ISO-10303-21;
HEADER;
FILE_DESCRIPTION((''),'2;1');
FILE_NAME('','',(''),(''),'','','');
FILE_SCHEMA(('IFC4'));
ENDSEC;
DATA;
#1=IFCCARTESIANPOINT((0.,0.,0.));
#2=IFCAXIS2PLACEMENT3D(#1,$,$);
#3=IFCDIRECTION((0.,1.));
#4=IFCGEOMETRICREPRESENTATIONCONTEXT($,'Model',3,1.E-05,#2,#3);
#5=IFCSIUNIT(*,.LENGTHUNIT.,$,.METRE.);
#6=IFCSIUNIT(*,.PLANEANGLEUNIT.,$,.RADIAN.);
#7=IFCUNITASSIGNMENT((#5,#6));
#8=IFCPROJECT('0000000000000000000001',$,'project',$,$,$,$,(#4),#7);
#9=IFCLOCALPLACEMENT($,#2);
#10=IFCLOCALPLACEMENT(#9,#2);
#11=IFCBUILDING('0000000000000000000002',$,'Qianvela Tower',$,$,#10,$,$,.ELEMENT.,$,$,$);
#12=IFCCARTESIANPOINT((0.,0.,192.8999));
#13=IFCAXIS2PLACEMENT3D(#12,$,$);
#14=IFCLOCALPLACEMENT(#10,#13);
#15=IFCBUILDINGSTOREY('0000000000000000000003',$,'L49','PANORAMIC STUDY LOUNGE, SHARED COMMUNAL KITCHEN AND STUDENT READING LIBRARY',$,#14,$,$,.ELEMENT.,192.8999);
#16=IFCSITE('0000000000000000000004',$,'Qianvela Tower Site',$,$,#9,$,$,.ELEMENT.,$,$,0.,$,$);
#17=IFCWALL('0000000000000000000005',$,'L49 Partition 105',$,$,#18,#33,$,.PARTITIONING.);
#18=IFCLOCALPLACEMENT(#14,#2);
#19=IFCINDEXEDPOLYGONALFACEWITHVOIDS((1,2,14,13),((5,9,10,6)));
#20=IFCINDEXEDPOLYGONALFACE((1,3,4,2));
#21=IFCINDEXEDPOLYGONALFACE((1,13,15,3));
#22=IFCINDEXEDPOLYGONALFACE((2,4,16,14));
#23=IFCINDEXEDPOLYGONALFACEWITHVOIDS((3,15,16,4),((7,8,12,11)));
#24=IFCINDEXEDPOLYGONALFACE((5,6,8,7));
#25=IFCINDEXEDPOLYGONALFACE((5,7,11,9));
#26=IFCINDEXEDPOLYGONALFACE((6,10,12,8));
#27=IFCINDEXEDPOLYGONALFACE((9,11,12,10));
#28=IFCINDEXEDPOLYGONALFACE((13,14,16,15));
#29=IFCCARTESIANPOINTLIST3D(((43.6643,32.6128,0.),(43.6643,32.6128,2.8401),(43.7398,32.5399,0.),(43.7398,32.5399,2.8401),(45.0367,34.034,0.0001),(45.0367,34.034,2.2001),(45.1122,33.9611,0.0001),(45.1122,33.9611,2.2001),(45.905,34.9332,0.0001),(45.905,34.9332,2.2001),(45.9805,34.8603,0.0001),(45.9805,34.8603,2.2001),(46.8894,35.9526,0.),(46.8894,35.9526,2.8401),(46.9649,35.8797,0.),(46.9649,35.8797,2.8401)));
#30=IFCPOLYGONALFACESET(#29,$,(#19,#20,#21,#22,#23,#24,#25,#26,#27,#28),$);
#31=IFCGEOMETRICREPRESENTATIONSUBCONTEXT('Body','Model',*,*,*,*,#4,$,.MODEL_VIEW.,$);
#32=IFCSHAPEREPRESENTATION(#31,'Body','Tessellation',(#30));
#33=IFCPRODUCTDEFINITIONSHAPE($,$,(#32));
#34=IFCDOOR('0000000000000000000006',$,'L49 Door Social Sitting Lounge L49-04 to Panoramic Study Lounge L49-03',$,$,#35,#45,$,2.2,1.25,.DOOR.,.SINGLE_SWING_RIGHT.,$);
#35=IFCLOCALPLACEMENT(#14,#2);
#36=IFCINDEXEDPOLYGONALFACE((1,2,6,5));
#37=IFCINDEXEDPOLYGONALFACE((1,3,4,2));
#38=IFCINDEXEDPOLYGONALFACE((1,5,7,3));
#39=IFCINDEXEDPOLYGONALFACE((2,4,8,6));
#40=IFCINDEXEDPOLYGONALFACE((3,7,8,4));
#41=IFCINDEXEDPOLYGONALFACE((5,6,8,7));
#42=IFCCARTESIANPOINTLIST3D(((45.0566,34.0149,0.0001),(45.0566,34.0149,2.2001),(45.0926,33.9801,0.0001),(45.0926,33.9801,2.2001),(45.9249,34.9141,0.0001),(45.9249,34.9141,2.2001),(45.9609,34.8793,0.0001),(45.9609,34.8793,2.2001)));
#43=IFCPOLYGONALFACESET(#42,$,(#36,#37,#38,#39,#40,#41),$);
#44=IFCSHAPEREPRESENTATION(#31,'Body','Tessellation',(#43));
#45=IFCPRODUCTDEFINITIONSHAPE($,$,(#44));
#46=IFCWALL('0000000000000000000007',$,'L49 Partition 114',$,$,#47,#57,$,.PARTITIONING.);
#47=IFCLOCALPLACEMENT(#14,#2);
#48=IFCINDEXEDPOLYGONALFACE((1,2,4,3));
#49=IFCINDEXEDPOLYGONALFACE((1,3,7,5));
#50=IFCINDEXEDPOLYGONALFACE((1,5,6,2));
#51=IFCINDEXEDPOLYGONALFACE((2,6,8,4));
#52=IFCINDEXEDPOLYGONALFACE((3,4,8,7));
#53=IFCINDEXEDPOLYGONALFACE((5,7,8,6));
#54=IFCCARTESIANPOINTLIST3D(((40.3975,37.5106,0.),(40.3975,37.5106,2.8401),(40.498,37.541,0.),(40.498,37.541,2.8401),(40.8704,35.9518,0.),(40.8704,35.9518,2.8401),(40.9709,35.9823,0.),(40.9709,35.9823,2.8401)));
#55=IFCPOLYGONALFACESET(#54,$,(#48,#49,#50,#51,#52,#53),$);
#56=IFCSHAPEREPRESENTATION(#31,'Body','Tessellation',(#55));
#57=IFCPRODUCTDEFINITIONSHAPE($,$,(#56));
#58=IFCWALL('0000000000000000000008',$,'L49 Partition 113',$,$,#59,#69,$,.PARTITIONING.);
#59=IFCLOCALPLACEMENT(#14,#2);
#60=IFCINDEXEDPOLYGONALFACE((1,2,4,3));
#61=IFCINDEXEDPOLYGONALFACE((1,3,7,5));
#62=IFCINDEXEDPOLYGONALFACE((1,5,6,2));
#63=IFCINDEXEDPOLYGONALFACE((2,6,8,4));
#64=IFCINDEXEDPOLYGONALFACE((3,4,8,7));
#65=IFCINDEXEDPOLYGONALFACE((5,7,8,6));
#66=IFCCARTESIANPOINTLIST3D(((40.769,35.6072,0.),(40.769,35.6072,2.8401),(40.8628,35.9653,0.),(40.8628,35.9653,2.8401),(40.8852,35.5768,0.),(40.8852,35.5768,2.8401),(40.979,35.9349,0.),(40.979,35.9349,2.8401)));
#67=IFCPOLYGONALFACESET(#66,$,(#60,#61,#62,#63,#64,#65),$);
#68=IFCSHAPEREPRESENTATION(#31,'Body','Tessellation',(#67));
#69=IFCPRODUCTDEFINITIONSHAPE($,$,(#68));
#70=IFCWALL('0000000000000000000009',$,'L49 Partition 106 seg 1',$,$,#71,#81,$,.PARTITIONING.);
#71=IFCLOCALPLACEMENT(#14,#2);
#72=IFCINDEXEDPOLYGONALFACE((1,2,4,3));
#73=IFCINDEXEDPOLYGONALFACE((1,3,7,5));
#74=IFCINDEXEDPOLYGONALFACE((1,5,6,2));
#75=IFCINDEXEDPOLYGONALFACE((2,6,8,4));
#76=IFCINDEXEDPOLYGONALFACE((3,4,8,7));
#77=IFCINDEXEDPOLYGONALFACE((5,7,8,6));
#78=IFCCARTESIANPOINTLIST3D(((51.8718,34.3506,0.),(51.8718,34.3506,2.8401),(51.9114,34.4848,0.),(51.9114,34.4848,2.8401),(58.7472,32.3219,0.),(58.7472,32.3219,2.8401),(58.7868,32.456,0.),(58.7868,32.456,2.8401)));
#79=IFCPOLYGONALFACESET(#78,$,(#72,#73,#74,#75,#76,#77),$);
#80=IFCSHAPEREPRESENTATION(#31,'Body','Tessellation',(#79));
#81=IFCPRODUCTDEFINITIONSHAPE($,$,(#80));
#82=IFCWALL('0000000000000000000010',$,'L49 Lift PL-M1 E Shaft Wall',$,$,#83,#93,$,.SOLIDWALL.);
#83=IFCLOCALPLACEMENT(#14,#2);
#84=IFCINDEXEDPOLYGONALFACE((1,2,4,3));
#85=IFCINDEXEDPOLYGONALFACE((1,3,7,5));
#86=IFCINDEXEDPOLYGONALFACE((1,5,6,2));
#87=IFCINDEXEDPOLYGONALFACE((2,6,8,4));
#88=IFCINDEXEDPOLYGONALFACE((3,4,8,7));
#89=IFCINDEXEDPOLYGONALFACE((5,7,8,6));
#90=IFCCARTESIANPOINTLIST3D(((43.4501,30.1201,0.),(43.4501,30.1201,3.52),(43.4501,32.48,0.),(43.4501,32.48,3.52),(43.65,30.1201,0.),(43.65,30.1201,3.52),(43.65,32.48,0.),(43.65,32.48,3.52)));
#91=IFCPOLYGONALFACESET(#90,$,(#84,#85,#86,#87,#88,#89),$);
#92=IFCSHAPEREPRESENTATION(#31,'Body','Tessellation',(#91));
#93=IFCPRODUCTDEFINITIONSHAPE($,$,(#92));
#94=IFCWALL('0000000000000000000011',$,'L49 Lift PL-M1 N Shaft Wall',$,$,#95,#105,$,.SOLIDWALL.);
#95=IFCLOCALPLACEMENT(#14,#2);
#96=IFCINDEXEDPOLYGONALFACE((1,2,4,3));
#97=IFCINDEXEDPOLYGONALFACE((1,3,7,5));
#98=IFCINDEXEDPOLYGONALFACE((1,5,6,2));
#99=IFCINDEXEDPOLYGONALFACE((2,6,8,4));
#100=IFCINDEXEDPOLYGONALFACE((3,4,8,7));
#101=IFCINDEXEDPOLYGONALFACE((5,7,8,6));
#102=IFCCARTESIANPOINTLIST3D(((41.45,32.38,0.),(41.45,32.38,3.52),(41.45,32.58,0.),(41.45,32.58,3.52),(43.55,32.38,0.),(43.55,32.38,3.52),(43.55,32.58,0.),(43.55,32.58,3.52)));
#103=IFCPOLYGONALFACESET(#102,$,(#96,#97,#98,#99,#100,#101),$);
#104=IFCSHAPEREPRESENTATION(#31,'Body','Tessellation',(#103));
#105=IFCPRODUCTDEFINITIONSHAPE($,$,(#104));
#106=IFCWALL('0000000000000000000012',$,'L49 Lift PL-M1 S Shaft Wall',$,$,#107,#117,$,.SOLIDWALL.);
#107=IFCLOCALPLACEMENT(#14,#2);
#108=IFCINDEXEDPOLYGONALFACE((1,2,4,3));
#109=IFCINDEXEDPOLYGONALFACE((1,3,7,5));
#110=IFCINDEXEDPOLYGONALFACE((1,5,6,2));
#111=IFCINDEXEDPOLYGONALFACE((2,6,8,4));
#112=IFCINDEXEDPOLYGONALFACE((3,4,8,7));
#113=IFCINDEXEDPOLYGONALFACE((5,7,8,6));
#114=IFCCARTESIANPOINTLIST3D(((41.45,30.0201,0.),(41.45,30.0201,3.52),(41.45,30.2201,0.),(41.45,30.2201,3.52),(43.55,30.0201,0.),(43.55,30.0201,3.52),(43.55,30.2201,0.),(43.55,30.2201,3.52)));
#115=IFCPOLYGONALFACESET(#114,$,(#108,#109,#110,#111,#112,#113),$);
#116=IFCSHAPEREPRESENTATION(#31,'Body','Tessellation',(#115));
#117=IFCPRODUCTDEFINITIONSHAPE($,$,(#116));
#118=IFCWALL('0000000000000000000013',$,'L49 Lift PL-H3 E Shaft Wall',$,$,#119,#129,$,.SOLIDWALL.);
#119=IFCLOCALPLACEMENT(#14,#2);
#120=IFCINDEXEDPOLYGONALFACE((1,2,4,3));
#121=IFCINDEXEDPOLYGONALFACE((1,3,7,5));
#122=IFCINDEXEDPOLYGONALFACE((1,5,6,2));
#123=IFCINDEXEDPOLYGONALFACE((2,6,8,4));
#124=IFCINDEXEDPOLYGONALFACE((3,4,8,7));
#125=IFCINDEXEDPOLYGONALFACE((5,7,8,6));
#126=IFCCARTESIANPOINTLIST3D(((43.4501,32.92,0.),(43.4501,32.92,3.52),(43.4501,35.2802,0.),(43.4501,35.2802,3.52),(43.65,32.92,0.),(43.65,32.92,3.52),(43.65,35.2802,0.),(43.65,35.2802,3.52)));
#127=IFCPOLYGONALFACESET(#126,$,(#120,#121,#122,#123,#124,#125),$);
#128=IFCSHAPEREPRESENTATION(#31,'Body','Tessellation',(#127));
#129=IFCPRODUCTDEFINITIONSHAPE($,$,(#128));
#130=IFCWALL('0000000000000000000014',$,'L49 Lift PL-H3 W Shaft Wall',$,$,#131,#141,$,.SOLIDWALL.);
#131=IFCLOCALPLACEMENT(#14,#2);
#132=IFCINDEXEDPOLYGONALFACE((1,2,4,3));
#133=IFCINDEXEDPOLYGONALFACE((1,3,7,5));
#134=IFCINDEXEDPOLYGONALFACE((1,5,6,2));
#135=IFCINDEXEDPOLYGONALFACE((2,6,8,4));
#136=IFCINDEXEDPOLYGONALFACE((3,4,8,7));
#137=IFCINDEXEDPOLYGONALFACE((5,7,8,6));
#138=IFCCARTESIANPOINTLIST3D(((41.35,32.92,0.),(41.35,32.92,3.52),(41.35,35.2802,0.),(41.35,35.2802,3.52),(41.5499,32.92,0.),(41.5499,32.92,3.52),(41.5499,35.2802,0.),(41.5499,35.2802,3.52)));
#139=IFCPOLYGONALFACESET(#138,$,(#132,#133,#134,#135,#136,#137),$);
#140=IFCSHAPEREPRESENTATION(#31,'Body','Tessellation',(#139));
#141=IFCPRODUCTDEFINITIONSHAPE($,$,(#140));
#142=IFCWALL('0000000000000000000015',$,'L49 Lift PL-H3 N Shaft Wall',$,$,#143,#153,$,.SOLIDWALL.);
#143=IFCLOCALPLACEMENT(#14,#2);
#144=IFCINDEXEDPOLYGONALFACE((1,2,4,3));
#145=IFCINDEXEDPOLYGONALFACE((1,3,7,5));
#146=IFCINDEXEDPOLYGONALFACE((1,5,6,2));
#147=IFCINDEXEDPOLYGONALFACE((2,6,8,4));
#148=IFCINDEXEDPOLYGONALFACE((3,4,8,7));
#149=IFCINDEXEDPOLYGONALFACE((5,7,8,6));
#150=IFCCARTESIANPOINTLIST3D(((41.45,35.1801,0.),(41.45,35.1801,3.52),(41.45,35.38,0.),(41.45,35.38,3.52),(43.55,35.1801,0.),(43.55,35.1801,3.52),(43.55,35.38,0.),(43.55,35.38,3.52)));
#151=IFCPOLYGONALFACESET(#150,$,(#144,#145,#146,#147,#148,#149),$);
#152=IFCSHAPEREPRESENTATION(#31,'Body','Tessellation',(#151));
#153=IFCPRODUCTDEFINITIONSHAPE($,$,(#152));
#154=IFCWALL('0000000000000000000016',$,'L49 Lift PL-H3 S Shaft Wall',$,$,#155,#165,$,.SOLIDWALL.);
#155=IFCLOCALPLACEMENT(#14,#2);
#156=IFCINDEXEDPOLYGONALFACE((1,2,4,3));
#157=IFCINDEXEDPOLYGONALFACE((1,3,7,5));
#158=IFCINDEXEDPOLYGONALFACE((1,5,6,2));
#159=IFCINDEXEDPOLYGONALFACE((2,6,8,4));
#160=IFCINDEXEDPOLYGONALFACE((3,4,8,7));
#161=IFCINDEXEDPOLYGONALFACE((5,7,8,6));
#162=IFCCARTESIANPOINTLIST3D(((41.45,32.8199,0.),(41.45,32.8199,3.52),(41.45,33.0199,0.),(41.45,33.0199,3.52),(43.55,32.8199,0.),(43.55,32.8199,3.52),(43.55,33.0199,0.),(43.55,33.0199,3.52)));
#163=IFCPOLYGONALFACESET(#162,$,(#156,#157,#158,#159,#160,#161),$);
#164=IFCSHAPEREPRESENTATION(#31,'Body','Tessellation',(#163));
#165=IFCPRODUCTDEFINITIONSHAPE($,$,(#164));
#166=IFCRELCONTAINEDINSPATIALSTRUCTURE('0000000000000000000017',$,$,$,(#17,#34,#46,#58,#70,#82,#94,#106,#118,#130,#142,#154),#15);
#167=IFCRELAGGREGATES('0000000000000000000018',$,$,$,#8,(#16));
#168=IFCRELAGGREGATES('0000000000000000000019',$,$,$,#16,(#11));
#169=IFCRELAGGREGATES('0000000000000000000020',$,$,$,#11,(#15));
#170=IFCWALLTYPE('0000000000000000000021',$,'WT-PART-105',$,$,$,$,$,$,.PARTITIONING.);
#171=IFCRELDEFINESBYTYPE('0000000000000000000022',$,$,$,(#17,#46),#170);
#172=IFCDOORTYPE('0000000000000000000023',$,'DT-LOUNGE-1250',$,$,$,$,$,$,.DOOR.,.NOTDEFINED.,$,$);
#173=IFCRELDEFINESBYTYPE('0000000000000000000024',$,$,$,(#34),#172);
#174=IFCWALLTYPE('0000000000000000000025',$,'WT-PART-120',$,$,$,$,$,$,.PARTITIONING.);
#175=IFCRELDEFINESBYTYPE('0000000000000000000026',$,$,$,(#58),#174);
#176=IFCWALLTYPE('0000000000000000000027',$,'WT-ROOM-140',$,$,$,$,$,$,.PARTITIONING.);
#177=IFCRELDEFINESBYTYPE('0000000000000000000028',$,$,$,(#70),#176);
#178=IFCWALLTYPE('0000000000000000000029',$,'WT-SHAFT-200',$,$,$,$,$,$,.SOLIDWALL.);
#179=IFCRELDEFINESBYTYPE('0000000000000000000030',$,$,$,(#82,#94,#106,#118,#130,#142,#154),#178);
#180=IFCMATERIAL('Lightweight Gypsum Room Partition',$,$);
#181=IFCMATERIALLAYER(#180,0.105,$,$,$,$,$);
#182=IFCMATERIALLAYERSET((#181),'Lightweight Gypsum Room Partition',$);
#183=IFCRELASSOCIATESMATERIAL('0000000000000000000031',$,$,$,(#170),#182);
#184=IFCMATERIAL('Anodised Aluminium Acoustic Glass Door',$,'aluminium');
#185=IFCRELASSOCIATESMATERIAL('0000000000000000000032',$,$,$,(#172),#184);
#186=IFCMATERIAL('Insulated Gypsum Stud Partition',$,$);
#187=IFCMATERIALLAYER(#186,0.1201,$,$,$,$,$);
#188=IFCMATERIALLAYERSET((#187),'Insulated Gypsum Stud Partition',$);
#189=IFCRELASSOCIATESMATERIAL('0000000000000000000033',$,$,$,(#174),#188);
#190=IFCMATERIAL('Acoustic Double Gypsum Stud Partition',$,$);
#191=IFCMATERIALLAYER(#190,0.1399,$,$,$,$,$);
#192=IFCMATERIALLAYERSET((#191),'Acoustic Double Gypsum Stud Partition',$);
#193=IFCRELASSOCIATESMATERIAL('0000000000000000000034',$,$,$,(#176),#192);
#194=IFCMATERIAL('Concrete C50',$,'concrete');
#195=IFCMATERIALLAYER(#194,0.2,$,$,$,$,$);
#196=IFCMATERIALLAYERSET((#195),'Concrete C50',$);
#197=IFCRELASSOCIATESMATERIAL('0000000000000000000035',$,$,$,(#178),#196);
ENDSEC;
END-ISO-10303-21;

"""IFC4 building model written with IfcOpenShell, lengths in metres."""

from ifc_helpers import new_model, si_unit, direction, frame, frame_2d, origin, place, context, subcontext, project, spatial, rectangle, extrude, material, layer, layer_set, type_object, element, fill, save


model = new_model("IFC4")

# Units and contexts
model_context = context("Model", 3, precision=1e-05, world=origin(), true_north=direction((0.0, 1.0)))
body_context = subcontext(model_context, "Body", "Model", "MODEL_VIEW")
ifc_project = project(units=[si_unit("LENGTHUNIT", "METRE"), si_unit("PLANEANGLEUNIT", "RADIAN")], contexts=[model_context])

# Site, building, storey
site_placement = place(None, origin())
site = spatial("IfcSite", under=ifc_project, at=site_placement, Name="Qianvela Tower Site", CompositionType="ELEMENT", RefElevation=0.0)
building_placement = place(site_placement, origin())
building = spatial("IfcBuilding", under=site, at=building_placement, Name="Qianvela Tower", CompositionType="ELEMENT")
storey_placement = place(building_placement, frame((0.0, 0.0, 192.8999)))
storey = spatial("IfcBuildingStorey", under=building, at=storey_placement, Name="L49", Description="PANORAMIC STUDY LOUNGE, SHARED COMMUNAL KITCHEN AND STUDENT READING LIBRARY", CompositionType="ELEMENT", Elevation=192.8999)

# Wall, opening, door
ifc_material_1 = material(Name="Lightweight Gypsum Room Partition")
ifc_layer_1 = layer(ifc_material_1, 0.105)
ifc_layer_set_1 = layer_set([ifc_layer_1], Name="Lightweight Gypsum Room Partition")
wall_type_1 = type_object("IfcWallType", Name="WT-PART-105", PredefinedType="PARTITIONING", material=ifc_layer_set_1)
wall_1_placement = place(storey_placement, frame((43.7021, 32.5764, 0.0), z_axis=(0.0, 0.0, 1.0), x_axis=(0.694641, 0.719356, 0.0)))
wall_1 = element("IfcWall", 1, at=wall_1_placement, inside=storey, type_object=wall_type_1, Name="L49 Partition 105", PredefinedType="PARTITIONING", context=body_context, shape_type="SweptSolid", body=[
    extrude(rectangle(XDim=4.6428, YDim=0.105, at=frame_2d((2.3213, 0.0))), origin(), (0.0, 0.0, 1.0), 2.8401),
])
opening_1_placement = place(wall_1_placement, frame((1.9756, 0.0, 0.0)))
opening_1 = element("IfcOpeningElement", 2, at=opening_1_placement, cuts=wall_1, PredefinedType="OPENING", context=body_context, shape_type="SweptSolid", body=[
    extrude(rectangle(XDim=1.25, YDim=2.2, at=frame_2d((0.625, 1.1001))), frame((0.0, 0.0625, 0.0), z_axis=(0.0, -1.0, 0.0), x_axis=(1.0, 0.0, 0.0)), (0.0, 0.0, 1.0), 0.125),
])
ifc_material_2 = material(Name="Anodised Aluminium Acoustic Glass Door", Category="aluminium")
door_type_1 = type_object("IfcDoorType", Name="DT-LOUNGE-1250", OperationType="NOTDEFINED", PredefinedType="DOOR", material=ifc_material_2)
door_1_placement = place(opening_1_placement, origin())
door_1 = element("IfcDoor", 3, at=door_1_placement, inside=storey, type_object=door_type_1, Name="L49 Door Social Sitting Lounge L49-04 to Panoramic Study Lounge L49-03", OperationType="SINGLE_SWING_RIGHT", OverallHeight=2.2, OverallWidth=1.25, PredefinedType="DOOR", context=body_context, shape_type="SweptSolid", body=[
    extrude(rectangle(XDim=1.25, YDim=2.2, at=frame_2d((0.625, 1.1001))), frame((0.0, 0.0249, 0.0), z_axis=(0.0, -1.0, 0.0), x_axis=(1.0, 0.0, 0.0)), (0.0, 0.0, 1.0), 0.05),
])
fill(opening_1, door_1)

# Walls
wall_2_placement = place(storey_placement, frame((40.9207, 35.967, 0.0), z_axis=(0.0, 0.0, 1.0), x_axis=(-0.290303, 0.956935, 0.0)))
element("IfcWall", 4, at=wall_2_placement, inside=storey, type_object=wall_type_1, Name="L49 Partition 114", PredefinedType="PARTITIONING", context=body_context, shape_type="SweptSolid", body=[
    extrude(rectangle(XDim=1.6289, YDim=0.105, at=frame_2d((0.8145, 0.0))), origin(), (0.0, 0.0, 1.0), 2.8401),
])
ifc_material_3 = material(Name="Insulated Gypsum Stud Partition")
ifc_layer_2 = layer(ifc_material_3, 0.1201)
ifc_layer_set_2 = layer_set([ifc_layer_2], Name="Insulated Gypsum Stud Partition")
wall_type_2 = type_object("IfcWallType", Name="WT-PART-120", PredefinedType="PARTITIONING", material=ifc_layer_set_2)
wall_3_placement = place(storey_placement, frame((40.8271, 35.592, 0.0), z_axis=(0.0, 0.0, 1.0), x_axis=(0.253227, 0.967407, 0.0)))
element("IfcWall", 5, at=wall_3_placement, inside=storey, type_object=wall_type_2, Name="L49 Partition 113", PredefinedType="PARTITIONING", context=body_context, shape_type="SweptSolid", body=[
    extrude(rectangle(XDim=0.3701, YDim=0.1201, at=frame_2d((0.1851, 0.0))), origin(), (0.0, 0.0, 1.0), 2.8401),
])
ifc_material_4 = material(Name="Acoustic Double Gypsum Stud Partition")
ifc_layer_3 = layer(ifc_material_4, 0.1399)
ifc_layer_set_3 = layer_set([ifc_layer_3], Name="Acoustic Double Gypsum Stud Partition")
wall_type_3 = type_object("IfcWallType", Name="WT-ROOM-140", PredefinedType="PARTITIONING", material=ifc_layer_set_3)
wall_4_placement = place(storey_placement, frame((51.8916, 34.4177, 0.0), z_axis=(0.0, 0.0, 1.0), x_axis=(0.959116, -0.283014, 0.0)))
element("IfcWall", 6, at=wall_4_placement, inside=storey, type_object=wall_type_3, Name="L49 Partition 106 seg 1", PredefinedType="PARTITIONING", context=body_context, shape_type="SweptSolid", body=[
    extrude(rectangle(XDim=7.1685, YDim=0.1399, at=frame_2d((3.5842, 0.0))), origin(), (0.0, 0.0, 1.0), 2.8401),
])
ifc_material_5 = material(Name="Concrete C50", Category="concrete")
ifc_layer_4 = layer(ifc_material_5, 0.2)
ifc_layer_set_4 = layer_set([ifc_layer_4], Name="Concrete C50")
wall_type_4 = type_object("IfcWallType", Name="WT-SHAFT-200", PredefinedType="SOLIDWALL", material=ifc_layer_set_4)
wall_5_placement = place(storey_placement, frame((43.55, 30.1201, 0.0), z_axis=(0.0, 0.0, 1.0), x_axis=(0.0, 1.0, 0.0)))
element("IfcWall", 7, at=wall_5_placement, inside=storey, type_object=wall_type_4, Name="L49 Lift PL-M1 E Shaft Wall", PredefinedType="SOLIDWALL", context=body_context, shape_type="SweptSolid", body=[
    extrude(rectangle(XDim=2.3599, YDim=0.2, at=frame_2d((1.1799, 0.0))), origin(), (0.0, 0.0, 1.0), 3.52),
])

# Walls
for number, where, z_axis, x_axis, name in (
    (8, (41.45, 32.48, 0.0), (0.0, 0.0, 1.0), (1.0, 0.0, 0.0), "L49 Lift PL-M1 N Shaft Wall"),
    (9, (41.45, 30.1201, 0.0), (0.0, 0.0, 1.0), (1.0, 0.0, 0.0), "L49 Lift PL-M1 S Shaft Wall"),
):
    element("IfcWall", number, at=place(storey_placement, frame(where, z_axis=z_axis, x_axis=x_axis)), inside=storey, type_object=wall_type_4, Name=name, PredefinedType="SOLIDWALL", context=body_context, shape_type="SweptSolid", body=[
        extrude(rectangle(XDim=2.1001, YDim=0.2, at=frame_2d((1.05, 0.0))), origin(), (0.0, 0.0, 1.0), 3.52),
    ])
for number, where, z_axis, x_axis, name in (
    (10, (43.55, 32.9199, 0.0), (0.0, 0.0, 1.0), (0.0, 1.0, 0.0), "L49 Lift PL-H3 E Shaft Wall"),
    (11, (41.45, 32.9199, 0.0), (0.0, 0.0, 1.0), (0.0, 1.0, 0.0), "L49 Lift PL-H3 W Shaft Wall"),
):
    element("IfcWall", number, at=place(storey_placement, frame(where, z_axis=z_axis, x_axis=x_axis)), inside=storey, type_object=wall_type_4, Name=name, PredefinedType="SOLIDWALL", context=body_context, shape_type="SweptSolid", body=[
        extrude(rectangle(XDim=2.3601, YDim=0.2, at=frame_2d((1.1802, 0.0))), origin(), (0.0, 0.0, 1.0), 3.52),
    ])
for number, where, z_axis, x_axis, name in (
    (12, (41.45, 35.28, 0.0), (0.0, 0.0, 1.0), (1.0, 0.0, 0.0), "L49 Lift PL-H3 N Shaft Wall"),
    (13, (41.45, 32.9199, 0.0), (0.0, 0.0, 1.0), (1.0, 0.0, 0.0), "L49 Lift PL-H3 S Shaft Wall"),
):
    element("IfcWall", number, at=place(storey_placement, frame(where, z_axis=z_axis, x_axis=x_axis)), inside=storey, type_object=wall_type_4, Name=name, PredefinedType="SOLIDWALL", context=body_context, shape_type="SweptSolid", body=[
        extrude(rectangle(XDim=2.1001, YDim=0.2, at=frame_2d((1.05, 0.0))), origin(), (0.0, 0.0, 1.0), 3.52),
    ])

save(model, "model.ifc")
